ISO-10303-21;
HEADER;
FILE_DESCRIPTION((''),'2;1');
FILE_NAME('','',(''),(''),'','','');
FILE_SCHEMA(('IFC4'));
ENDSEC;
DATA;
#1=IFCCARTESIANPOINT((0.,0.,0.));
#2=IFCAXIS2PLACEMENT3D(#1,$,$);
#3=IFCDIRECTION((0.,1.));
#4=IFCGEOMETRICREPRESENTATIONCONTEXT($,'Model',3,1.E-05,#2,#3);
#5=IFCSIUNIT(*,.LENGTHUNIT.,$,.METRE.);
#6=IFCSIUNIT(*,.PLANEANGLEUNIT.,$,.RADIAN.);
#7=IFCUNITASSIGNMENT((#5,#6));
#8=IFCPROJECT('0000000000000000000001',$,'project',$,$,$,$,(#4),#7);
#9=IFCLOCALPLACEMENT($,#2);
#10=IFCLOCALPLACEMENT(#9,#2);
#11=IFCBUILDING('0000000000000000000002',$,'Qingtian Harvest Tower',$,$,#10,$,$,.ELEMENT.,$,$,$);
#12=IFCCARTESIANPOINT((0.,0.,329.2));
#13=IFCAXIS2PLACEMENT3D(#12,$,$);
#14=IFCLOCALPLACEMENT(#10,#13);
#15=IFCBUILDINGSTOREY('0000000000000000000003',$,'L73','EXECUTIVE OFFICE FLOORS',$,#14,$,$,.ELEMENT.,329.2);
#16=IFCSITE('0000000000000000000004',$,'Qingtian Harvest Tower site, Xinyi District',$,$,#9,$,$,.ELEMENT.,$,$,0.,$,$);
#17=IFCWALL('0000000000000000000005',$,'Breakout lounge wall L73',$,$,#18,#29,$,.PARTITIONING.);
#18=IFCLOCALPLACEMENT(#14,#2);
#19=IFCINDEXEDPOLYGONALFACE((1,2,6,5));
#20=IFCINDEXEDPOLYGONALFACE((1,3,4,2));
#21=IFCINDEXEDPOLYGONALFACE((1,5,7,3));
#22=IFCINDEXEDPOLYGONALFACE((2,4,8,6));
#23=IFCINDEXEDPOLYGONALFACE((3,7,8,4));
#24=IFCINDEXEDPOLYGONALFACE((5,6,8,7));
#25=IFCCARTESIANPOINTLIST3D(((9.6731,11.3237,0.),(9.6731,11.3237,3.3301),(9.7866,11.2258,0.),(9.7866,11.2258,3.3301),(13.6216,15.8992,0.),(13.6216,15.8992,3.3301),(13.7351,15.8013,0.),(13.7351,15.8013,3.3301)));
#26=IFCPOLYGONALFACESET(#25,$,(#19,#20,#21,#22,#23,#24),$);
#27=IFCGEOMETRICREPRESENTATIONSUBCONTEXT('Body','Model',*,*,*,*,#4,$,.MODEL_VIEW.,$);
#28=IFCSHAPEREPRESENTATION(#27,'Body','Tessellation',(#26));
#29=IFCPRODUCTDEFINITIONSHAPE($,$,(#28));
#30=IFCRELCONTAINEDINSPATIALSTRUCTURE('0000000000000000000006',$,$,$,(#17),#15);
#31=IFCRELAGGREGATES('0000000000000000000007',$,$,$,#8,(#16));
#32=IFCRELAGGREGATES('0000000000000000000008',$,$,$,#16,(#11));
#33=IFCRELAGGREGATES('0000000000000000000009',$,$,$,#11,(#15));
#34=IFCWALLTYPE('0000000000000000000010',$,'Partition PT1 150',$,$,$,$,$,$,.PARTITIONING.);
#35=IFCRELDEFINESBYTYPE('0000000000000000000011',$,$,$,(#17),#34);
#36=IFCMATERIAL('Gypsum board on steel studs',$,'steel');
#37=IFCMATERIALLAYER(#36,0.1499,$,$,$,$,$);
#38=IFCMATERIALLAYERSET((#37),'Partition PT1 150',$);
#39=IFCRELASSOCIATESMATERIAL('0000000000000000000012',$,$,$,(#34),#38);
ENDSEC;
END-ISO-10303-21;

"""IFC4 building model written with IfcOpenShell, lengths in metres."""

from ifc_helpers import new_model, si_unit, direction, frame, frame_2d, origin, place, context, subcontext, project, spatial, rectangle, extrude, material, layer, layer_set, type_object, element, save


model = new_model("IFC4")

# Units and contexts
model_context = context("Model", 3, precision=1e-05, world=origin(), true_north=direction((0.0, 1.0)))
body_context = subcontext(model_context, "Body", "Model", "MODEL_VIEW")
ifc_project = project(units=[si_unit("LENGTHUNIT", "METRE"), si_unit("PLANEANGLEUNIT", "RADIAN")], contexts=[model_context])

# Site, building, storey
site_placement = place(None, origin())
site = spatial("IfcSite", under=ifc_project, at=site_placement, Name="Qingtian Harvest Tower site, Xinyi District", CompositionType="ELEMENT", RefElevation=0.0)
building_placement = place(site_placement, origin())
building = spatial("IfcBuilding", under=site, at=building_placement, Name="Qingtian Harvest Tower", CompositionType="ELEMENT")
storey_placement = place(building_placement, frame((0.0, 0.0, 329.2)))
storey = spatial("IfcBuildingStorey", under=building, at=storey_placement, Name="L73", Description="EXECUTIVE OFFICE FLOORS", CompositionType="ELEMENT", Elevation=329.2)

# Wall
ifc_material_1 = material(Name="Gypsum board on steel studs", Category="steel")
ifc_layer_1 = layer(ifc_material_1, 0.1499)
ifc_layer_set_1 = layer_set([ifc_layer_1], Name="Partition PT1 150")
wall_type = type_object("IfcWallType", Name="Partition PT1 150", PredefinedType="PARTITIONING", material=ifc_layer_set_1)
wall_placement = place(storey_placement, frame((13.6785, 15.8503, 0.0), z_axis=(0.0, 0.0, 1.0), x_axis=(-0.653333, -0.757071, 0.0)))
element("IfcWall", 1, at=wall_placement, inside=storey, type_object=wall_type, Name="Breakout lounge wall L73", PredefinedType="PARTITIONING", context=body_context, shape_type="SweptSolid", body=[
    extrude(rectangle(XDim=6.0437, YDim=0.1499, at=frame_2d((3.022, 0.0))), origin(), (0.0, 0.0, 1.0), 3.3301),
])

save(model, "model.ifc")
